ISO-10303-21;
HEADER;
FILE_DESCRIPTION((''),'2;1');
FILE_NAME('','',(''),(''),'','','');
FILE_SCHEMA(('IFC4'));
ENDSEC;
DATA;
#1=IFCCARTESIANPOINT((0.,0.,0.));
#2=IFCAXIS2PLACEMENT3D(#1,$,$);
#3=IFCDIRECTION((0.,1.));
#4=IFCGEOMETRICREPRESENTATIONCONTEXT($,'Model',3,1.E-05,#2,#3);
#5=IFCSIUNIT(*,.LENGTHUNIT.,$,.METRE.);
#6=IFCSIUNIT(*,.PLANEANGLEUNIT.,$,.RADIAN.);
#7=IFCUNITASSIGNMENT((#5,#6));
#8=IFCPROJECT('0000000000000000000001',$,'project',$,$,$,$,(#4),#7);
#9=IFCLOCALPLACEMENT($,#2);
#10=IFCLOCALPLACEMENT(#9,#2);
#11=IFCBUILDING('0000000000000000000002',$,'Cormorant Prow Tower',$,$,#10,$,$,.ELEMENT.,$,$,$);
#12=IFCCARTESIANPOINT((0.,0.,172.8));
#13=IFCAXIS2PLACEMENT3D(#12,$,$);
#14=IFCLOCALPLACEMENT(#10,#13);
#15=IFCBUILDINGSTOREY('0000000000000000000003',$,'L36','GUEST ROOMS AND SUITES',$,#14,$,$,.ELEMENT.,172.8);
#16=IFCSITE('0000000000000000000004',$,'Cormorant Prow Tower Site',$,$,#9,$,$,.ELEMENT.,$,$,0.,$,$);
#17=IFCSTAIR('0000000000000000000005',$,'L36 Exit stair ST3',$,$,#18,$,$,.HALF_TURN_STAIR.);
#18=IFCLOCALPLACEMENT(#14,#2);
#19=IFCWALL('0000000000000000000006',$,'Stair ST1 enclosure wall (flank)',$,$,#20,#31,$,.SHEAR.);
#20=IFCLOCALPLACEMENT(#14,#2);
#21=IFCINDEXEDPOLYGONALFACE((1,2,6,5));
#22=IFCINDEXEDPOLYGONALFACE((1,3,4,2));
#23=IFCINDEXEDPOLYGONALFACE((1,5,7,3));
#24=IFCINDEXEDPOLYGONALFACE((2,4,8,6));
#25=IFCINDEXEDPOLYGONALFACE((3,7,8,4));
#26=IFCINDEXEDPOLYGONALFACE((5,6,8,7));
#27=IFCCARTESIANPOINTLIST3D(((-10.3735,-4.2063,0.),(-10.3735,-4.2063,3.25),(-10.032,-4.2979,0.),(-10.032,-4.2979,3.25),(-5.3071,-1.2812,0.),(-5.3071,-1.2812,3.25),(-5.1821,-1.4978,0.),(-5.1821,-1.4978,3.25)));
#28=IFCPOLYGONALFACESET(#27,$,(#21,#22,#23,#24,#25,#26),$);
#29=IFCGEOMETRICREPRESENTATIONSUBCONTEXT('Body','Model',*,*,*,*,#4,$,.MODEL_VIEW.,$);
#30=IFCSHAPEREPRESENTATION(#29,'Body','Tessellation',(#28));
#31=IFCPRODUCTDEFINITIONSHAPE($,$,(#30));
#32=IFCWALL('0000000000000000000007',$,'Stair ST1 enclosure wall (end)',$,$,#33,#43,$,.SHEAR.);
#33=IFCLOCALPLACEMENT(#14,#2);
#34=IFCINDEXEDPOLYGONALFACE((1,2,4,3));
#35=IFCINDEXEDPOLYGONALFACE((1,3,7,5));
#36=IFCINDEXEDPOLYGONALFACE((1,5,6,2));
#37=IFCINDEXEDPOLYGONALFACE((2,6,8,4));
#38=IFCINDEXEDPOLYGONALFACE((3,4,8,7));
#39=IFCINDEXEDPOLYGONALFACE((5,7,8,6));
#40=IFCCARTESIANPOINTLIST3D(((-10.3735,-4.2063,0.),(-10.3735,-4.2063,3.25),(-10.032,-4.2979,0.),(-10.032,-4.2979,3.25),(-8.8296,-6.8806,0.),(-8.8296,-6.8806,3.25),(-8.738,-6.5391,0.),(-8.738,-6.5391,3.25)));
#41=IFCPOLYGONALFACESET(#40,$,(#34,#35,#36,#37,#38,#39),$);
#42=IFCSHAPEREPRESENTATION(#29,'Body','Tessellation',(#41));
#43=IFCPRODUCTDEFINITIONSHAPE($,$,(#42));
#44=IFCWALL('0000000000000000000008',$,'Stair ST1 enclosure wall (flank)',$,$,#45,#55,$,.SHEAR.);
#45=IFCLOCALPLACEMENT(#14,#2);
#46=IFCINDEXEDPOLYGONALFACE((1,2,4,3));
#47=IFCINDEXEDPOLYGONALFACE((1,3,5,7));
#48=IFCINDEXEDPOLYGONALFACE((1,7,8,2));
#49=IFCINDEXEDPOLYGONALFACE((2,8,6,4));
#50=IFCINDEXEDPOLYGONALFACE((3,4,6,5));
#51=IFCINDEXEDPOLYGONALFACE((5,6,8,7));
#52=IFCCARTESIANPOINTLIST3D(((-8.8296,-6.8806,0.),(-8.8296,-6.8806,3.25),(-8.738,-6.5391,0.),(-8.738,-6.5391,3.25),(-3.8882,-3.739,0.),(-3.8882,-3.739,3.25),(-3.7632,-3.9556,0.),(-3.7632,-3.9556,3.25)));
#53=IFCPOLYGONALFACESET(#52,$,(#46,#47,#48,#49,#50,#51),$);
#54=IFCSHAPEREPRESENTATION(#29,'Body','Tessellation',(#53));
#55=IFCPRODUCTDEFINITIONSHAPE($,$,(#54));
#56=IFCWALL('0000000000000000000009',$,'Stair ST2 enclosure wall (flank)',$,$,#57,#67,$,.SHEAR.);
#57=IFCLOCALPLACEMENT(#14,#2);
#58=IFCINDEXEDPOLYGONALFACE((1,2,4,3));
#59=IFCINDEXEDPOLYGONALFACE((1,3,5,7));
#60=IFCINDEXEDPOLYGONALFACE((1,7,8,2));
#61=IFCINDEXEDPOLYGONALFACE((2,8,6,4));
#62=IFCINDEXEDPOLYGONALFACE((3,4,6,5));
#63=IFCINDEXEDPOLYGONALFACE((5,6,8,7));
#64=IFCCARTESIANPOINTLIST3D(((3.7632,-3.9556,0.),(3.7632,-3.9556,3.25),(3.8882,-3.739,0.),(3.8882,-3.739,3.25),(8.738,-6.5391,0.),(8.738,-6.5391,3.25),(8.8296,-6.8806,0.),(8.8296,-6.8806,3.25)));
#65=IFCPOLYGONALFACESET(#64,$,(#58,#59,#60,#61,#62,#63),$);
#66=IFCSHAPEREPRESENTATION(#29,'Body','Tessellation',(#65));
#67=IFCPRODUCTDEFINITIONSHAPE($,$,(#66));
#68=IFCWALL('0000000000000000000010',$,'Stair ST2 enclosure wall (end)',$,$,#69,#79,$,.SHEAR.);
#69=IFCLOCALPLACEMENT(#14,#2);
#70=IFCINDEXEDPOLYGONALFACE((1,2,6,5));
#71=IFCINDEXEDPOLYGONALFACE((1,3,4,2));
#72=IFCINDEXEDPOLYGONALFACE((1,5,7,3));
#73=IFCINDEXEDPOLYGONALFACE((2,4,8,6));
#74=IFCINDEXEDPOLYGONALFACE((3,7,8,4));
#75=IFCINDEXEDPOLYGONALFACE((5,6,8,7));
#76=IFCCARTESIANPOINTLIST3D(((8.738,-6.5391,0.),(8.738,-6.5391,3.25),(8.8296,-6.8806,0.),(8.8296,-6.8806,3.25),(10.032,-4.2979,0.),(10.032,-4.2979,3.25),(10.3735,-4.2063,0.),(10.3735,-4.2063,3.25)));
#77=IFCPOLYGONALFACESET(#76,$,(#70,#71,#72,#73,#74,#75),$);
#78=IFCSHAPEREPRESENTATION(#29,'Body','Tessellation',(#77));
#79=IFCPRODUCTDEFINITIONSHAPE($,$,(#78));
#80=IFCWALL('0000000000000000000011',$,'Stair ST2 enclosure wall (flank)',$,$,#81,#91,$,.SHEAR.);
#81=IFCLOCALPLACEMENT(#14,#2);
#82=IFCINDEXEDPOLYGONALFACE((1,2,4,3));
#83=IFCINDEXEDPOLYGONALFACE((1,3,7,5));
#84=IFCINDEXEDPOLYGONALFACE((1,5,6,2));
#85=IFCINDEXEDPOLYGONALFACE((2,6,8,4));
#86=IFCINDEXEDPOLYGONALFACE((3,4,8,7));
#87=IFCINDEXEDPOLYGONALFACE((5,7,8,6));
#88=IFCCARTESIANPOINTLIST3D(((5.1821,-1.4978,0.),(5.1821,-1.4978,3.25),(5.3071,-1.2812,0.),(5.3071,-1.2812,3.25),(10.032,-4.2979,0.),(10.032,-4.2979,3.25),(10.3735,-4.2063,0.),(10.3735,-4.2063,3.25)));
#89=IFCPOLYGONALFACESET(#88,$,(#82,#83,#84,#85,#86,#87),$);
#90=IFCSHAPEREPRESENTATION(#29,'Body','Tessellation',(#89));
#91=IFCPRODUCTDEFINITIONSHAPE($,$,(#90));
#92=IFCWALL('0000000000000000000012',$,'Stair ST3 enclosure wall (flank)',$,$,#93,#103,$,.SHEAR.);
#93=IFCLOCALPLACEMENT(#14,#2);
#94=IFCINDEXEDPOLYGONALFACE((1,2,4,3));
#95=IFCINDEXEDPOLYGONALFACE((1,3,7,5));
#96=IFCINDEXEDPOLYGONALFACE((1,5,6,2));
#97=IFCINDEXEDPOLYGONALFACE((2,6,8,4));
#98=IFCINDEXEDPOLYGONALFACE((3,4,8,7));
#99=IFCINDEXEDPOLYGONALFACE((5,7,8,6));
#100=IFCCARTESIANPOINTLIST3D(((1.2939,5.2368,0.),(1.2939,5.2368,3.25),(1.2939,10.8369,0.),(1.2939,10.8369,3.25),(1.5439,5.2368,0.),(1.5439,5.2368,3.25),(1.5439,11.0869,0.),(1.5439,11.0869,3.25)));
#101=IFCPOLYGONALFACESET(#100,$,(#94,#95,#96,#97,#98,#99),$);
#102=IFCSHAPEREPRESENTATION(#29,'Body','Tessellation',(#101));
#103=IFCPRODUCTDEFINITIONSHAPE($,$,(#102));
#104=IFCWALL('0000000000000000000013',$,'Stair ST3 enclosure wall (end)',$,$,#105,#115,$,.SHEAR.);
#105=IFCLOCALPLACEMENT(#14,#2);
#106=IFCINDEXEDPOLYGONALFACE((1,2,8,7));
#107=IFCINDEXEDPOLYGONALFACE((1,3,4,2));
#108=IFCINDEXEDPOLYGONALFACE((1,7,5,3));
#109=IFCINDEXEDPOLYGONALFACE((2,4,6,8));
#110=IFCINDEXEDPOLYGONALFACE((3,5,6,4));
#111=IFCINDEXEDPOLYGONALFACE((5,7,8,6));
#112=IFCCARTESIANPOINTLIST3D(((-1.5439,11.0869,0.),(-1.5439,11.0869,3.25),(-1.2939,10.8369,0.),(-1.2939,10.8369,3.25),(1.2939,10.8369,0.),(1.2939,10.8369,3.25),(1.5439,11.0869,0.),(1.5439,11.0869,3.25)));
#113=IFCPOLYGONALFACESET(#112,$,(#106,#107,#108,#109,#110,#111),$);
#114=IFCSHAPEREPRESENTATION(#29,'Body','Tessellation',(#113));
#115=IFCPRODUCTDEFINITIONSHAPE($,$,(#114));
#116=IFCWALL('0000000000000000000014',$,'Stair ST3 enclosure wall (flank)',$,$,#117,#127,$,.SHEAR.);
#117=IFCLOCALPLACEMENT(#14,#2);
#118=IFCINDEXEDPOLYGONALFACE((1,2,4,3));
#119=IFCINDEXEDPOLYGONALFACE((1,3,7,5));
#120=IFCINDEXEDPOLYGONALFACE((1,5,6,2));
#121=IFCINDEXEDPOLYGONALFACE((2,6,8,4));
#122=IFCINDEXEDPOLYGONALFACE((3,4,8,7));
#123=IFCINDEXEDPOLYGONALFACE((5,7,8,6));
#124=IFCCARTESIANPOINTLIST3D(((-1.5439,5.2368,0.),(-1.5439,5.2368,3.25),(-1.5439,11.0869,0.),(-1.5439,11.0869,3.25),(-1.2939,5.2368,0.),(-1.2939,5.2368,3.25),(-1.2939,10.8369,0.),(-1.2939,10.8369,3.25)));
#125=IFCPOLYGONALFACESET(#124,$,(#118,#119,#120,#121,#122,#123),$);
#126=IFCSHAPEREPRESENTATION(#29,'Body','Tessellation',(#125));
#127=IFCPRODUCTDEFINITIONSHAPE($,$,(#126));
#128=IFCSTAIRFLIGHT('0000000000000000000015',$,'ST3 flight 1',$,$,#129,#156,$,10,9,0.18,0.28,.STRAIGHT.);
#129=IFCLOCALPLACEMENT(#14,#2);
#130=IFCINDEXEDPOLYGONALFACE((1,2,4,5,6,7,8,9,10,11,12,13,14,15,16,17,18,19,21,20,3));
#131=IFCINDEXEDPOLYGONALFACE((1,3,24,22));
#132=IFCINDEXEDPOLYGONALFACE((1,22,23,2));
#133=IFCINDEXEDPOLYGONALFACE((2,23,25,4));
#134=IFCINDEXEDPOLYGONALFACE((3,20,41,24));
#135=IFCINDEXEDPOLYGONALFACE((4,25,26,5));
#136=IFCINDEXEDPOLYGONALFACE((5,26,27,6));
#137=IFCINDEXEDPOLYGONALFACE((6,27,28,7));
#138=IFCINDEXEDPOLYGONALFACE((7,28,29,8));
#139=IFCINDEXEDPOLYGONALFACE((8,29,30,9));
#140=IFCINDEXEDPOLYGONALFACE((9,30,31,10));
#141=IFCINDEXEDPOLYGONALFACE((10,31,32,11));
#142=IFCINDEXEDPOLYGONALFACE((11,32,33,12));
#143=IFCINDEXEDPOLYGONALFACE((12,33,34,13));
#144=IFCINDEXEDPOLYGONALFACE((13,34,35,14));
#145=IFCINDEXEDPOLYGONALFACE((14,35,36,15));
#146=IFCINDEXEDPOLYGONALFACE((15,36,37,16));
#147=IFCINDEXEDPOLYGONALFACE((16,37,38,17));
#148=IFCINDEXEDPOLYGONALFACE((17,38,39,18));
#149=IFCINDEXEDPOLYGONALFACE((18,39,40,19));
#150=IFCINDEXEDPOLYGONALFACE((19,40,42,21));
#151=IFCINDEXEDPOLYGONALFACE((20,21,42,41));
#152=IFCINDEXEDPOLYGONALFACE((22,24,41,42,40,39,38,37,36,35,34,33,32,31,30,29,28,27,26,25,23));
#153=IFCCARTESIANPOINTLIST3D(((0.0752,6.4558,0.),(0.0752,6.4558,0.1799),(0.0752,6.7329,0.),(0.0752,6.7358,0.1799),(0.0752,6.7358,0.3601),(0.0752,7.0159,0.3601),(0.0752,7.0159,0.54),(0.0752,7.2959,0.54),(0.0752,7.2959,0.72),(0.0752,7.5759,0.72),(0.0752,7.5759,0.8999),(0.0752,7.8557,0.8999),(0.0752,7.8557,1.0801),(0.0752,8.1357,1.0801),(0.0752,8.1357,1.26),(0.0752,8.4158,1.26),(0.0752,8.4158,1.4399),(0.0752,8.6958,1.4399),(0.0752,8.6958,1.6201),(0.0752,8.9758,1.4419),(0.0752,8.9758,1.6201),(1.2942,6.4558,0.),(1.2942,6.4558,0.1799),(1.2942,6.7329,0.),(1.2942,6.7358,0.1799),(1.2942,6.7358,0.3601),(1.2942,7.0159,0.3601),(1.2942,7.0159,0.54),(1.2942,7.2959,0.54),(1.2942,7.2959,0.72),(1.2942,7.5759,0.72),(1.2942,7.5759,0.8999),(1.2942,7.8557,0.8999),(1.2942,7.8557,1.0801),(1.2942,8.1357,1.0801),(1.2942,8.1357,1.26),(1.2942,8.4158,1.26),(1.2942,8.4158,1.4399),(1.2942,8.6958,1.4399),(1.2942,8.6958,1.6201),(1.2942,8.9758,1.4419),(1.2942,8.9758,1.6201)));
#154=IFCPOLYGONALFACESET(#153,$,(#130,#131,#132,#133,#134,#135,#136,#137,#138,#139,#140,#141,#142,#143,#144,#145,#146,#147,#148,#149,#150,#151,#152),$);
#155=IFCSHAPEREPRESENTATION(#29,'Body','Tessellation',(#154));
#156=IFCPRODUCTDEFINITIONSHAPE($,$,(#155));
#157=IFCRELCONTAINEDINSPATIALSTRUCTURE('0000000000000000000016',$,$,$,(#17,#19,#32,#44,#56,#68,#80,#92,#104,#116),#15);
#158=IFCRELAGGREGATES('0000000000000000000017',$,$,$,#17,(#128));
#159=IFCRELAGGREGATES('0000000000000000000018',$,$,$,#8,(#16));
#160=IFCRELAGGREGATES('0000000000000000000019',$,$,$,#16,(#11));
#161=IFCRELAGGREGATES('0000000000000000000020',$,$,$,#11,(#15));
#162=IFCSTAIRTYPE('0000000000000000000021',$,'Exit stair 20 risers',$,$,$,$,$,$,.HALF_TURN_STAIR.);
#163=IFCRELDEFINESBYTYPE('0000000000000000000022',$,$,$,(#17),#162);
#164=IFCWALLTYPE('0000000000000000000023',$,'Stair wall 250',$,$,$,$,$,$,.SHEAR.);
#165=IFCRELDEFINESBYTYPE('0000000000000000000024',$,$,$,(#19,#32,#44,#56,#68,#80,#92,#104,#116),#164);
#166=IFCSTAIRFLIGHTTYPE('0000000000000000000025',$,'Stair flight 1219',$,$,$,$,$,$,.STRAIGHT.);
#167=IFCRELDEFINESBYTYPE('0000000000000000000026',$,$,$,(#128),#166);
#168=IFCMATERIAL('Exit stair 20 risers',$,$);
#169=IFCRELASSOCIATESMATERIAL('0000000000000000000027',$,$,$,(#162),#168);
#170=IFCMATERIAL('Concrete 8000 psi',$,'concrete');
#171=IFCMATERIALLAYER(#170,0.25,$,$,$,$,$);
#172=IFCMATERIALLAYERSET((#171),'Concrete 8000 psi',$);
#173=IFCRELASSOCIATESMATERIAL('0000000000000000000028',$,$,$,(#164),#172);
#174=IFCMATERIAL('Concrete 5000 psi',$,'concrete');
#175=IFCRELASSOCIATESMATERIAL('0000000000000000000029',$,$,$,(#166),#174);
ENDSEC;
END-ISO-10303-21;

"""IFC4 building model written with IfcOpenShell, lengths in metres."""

from ifc_helpers import new_model, si_unit, direction, frame, origin, place, context, subcontext, project, spatial, polyline, outline, extrude, material, layer, layer_set, type_object, element, aggregate, save


model = new_model("IFC4")

# Units and contexts
model_context = context("Model", 3, precision=1e-05, world=origin(), true_north=direction((0.0, 1.0)))
body_context = subcontext(model_context, "Body", "Model", "MODEL_VIEW")
ifc_project = project(units=[si_unit("LENGTHUNIT", "METRE"), si_unit("PLANEANGLEUNIT", "RADIAN")], contexts=[model_context])

# Site, building, storey
site_placement = place(None, origin())
site = spatial("IfcSite", under=ifc_project, at=site_placement, Name="Cormorant Prow Tower Site", CompositionType="ELEMENT", RefElevation=0.0)
building_placement = place(site_placement, origin())
building = spatial("IfcBuilding", under=site, at=building_placement, Name="Cormorant Prow Tower", CompositionType="ELEMENT")
storey_placement = place(building_placement, frame((0.0, 0.0, 172.8)))
storey = spatial("IfcBuildingStorey", under=building, at=storey_placement, Name="L36", Description="GUEST ROOMS AND SUITES", CompositionType="ELEMENT", Elevation=172.8)

# Stair
ifc_material_1 = material(Name="Exit stair 20 risers")
stair_type = type_object("IfcStairType", Name="Exit stair 20 risers", PredefinedType="HALF_TURN_STAIR", material=ifc_material_1)
stair_1_placement = place(storey_placement, origin())
stair_1 = element("IfcStair", 1, at=stair_1_placement, inside=storey, type_object=stair_type, Name="L36 Exit stair ST3", PredefinedType="HALF_TURN_STAIR")

# Walls
ifc_material_2 = material(Name="Concrete 8000 psi", Category="concrete")
ifc_layer_1 = layer(ifc_material_2, 0.25)
ifc_layer_set_1 = layer_set([ifc_layer_1], Name="Concrete 8000 psi")
wall_type_1 = type_object("IfcWallType", Name="Stair wall 250", PredefinedType="SHEAR", material=ifc_layer_set_1)
wall_1_placement = place(storey_placement, origin())
element("IfcWall", 2, at=wall_1_placement, inside=storey, type_object=wall_type_1, Name="Stair ST1 enclosure wall (flank)", PredefinedType="SHEAR", context=body_context, shape_type="SweptSolid", body=[
    extrude(outline(polyline([(-5.3071, -1.2812), (-10.3735, -4.2063), (-10.032, -4.2979), (-5.1821, -1.4978), (-5.3071, -1.2812)])), origin(), (0.0, 0.0, 1.0), 3.25),
])
wall_2_placement = place(storey_placement, origin())
element("IfcWall", 3, at=wall_2_placement, inside=storey, type_object=wall_type_1, Name="Stair ST1 enclosure wall (end)", PredefinedType="SHEAR", context=body_context, shape_type="SweptSolid", body=[
    extrude(outline(polyline([(-10.3735, -4.2063), (-8.8296, -6.8806), (-8.738, -6.5391), (-10.032, -4.2979), (-10.3735, -4.2063)])), origin(), (0.0, 0.0, 1.0), 3.25),
])
wall_3_placement = place(storey_placement, origin())
element("IfcWall", 4, at=wall_3_placement, inside=storey, type_object=wall_type_1, Name="Stair ST1 enclosure wall (flank)", PredefinedType="SHEAR", context=body_context, shape_type="SweptSolid", body=[
    extrude(outline(polyline([(-8.738, -6.5391), (-8.8296, -6.8806), (-3.7632, -3.9556), (-3.8882, -3.739), (-8.738, -6.5391)])), origin(), (0.0, 0.0, 1.0), 3.25),
])
wall_4_placement = place(storey_placement, origin())
element("IfcWall", 5, at=wall_4_placement, inside=storey, type_object=wall_type_1, Name="Stair ST2 enclosure wall (flank)", PredefinedType="SHEAR", context=body_context, shape_type="SweptSolid", body=[
    extrude(outline(polyline([(3.7632, -3.9556), (8.8296, -6.8806), (8.738, -6.5391), (3.8882, -3.739), (3.7632, -3.9556)])), origin(), (0.0, 0.0, 1.0), 3.25),
])
wall_5_placement = place(storey_placement, origin())
element("IfcWall", 6, at=wall_5_placement, inside=storey, type_object=wall_type_1, Name="Stair ST2 enclosure wall (end)", PredefinedType="SHEAR", context=body_context, shape_type="SweptSolid", body=[
    extrude(outline(polyline([(8.8296, -6.8806), (10.3735, -4.2063), (10.032, -4.2979), (8.738, -6.5391), (8.8296, -6.8806)])), origin(), (0.0, 0.0, 1.0), 3.25),
])
wall_6_placement = place(storey_placement, origin())
element("IfcWall", 7, at=wall_6_placement, inside=storey, type_object=wall_type_1, Name="Stair ST2 enclosure wall (flank)", PredefinedType="SHEAR", context=body_context, shape_type="SweptSolid", body=[
    extrude(outline(polyline([(10.032, -4.2979), (10.3735, -4.2063), (5.3071, -1.2812), (5.1821, -1.4978), (10.032, -4.2979)])), origin(), (0.0, 0.0, 1.0), 3.25),
])
wall_7_placement = place(storey_placement, origin())
element("IfcWall", 8, at=wall_7_placement, inside=storey, type_object=wall_type_1, Name="Stair ST3 enclosure wall (flank)", PredefinedType="SHEAR", context=body_context, shape_type="SweptSolid", body=[
    extrude(outline(polyline([(1.5439, 5.2368), (1.5439, 11.0869), (1.2939, 10.8369), (1.2939, 5.2368), (1.5439, 5.2368)])), origin(), (0.0, 0.0, 1.0), 3.25),
])
wall_8_placement = place(storey_placement, origin())
element("IfcWall", 9, at=wall_8_placement, inside=storey, type_object=wall_type_1, Name="Stair ST3 enclosure wall (end)", PredefinedType="SHEAR", context=body_context, shape_type="SweptSolid", body=[
    extrude(outline(polyline([(1.5439, 11.0869), (-1.5439, 11.0869), (-1.2939, 10.8369), (1.2939, 10.8369), (1.5439, 11.0869)])), origin(), (0.0, 0.0, 1.0), 3.25),
])
wall_9_placement = place(storey_placement, origin())
element("IfcWall", 10, at=wall_9_placement, inside=storey, type_object=wall_type_1, Name="Stair ST3 enclosure wall (flank)", PredefinedType="SHEAR", context=body_context, shape_type="SweptSolid", body=[
    extrude(outline(polyline([(-1.2939, 10.8369), (-1.5439, 11.0869), (-1.5439, 5.2368), (-1.2939, 5.2368), (-1.2939, 10.8369)])), origin(), (0.0, 0.0, 1.0), 3.25),
])

# Stair flight
ifc_material_3 = material(Name="Concrete 5000 psi", Category="concrete")
stair_flight_type = type_object("IfcStairFlightType", Name="Stair flight 1219", PredefinedType="STRAIGHT", material=ifc_material_3)
stair_flight_placement = place(storey_placement, frame((0.6846, 6.4558, 0.0), z_axis=(0.0, 0.0, 1.0), x_axis=(0.0, 1.0, 0.0)))
stair_flight = element("IfcStairFlight", 11, at=stair_flight_placement, type_object=stair_flight_type, Name="ST3 flight 1", NumberOfRisers=10, NumberOfTreads=9, PredefinedType="STRAIGHT", RiserHeight=0.18, TreadLength=0.28, context=body_context, shape_type="SweptSolid", body=[
    extrude(outline(polyline([(0.0, 0.0), (0.0, 0.1799), (0.28, 0.1799), (0.28, 0.3601), (0.5601, 0.3601), (0.5601, 0.54), (0.8401, 0.54), (0.8401, 0.72), (1.1201, 0.72), (1.1201, 0.8999), (1.3999, 0.8999), (1.3999, 1.0801), (1.6799, 1.0801), (1.6799, 1.26), (1.96, 1.26), (1.96, 1.4399), (2.24, 1.4399), (2.24, 1.6201), (2.52, 1.6201), (2.52, 1.8), (2.52, 1.4419), (0.2771, 0.0), (0.0, 0.0)])), frame((0.0, 0.6094, 0.0), z_axis=(0.0, -1.0, 0.0), x_axis=(1.0, 0.0, 0.0)), (0.0, 0.0, 1.0), 1.219),
])
aggregate(stair_1, [stair_flight])

save(model, "model.ifc")
